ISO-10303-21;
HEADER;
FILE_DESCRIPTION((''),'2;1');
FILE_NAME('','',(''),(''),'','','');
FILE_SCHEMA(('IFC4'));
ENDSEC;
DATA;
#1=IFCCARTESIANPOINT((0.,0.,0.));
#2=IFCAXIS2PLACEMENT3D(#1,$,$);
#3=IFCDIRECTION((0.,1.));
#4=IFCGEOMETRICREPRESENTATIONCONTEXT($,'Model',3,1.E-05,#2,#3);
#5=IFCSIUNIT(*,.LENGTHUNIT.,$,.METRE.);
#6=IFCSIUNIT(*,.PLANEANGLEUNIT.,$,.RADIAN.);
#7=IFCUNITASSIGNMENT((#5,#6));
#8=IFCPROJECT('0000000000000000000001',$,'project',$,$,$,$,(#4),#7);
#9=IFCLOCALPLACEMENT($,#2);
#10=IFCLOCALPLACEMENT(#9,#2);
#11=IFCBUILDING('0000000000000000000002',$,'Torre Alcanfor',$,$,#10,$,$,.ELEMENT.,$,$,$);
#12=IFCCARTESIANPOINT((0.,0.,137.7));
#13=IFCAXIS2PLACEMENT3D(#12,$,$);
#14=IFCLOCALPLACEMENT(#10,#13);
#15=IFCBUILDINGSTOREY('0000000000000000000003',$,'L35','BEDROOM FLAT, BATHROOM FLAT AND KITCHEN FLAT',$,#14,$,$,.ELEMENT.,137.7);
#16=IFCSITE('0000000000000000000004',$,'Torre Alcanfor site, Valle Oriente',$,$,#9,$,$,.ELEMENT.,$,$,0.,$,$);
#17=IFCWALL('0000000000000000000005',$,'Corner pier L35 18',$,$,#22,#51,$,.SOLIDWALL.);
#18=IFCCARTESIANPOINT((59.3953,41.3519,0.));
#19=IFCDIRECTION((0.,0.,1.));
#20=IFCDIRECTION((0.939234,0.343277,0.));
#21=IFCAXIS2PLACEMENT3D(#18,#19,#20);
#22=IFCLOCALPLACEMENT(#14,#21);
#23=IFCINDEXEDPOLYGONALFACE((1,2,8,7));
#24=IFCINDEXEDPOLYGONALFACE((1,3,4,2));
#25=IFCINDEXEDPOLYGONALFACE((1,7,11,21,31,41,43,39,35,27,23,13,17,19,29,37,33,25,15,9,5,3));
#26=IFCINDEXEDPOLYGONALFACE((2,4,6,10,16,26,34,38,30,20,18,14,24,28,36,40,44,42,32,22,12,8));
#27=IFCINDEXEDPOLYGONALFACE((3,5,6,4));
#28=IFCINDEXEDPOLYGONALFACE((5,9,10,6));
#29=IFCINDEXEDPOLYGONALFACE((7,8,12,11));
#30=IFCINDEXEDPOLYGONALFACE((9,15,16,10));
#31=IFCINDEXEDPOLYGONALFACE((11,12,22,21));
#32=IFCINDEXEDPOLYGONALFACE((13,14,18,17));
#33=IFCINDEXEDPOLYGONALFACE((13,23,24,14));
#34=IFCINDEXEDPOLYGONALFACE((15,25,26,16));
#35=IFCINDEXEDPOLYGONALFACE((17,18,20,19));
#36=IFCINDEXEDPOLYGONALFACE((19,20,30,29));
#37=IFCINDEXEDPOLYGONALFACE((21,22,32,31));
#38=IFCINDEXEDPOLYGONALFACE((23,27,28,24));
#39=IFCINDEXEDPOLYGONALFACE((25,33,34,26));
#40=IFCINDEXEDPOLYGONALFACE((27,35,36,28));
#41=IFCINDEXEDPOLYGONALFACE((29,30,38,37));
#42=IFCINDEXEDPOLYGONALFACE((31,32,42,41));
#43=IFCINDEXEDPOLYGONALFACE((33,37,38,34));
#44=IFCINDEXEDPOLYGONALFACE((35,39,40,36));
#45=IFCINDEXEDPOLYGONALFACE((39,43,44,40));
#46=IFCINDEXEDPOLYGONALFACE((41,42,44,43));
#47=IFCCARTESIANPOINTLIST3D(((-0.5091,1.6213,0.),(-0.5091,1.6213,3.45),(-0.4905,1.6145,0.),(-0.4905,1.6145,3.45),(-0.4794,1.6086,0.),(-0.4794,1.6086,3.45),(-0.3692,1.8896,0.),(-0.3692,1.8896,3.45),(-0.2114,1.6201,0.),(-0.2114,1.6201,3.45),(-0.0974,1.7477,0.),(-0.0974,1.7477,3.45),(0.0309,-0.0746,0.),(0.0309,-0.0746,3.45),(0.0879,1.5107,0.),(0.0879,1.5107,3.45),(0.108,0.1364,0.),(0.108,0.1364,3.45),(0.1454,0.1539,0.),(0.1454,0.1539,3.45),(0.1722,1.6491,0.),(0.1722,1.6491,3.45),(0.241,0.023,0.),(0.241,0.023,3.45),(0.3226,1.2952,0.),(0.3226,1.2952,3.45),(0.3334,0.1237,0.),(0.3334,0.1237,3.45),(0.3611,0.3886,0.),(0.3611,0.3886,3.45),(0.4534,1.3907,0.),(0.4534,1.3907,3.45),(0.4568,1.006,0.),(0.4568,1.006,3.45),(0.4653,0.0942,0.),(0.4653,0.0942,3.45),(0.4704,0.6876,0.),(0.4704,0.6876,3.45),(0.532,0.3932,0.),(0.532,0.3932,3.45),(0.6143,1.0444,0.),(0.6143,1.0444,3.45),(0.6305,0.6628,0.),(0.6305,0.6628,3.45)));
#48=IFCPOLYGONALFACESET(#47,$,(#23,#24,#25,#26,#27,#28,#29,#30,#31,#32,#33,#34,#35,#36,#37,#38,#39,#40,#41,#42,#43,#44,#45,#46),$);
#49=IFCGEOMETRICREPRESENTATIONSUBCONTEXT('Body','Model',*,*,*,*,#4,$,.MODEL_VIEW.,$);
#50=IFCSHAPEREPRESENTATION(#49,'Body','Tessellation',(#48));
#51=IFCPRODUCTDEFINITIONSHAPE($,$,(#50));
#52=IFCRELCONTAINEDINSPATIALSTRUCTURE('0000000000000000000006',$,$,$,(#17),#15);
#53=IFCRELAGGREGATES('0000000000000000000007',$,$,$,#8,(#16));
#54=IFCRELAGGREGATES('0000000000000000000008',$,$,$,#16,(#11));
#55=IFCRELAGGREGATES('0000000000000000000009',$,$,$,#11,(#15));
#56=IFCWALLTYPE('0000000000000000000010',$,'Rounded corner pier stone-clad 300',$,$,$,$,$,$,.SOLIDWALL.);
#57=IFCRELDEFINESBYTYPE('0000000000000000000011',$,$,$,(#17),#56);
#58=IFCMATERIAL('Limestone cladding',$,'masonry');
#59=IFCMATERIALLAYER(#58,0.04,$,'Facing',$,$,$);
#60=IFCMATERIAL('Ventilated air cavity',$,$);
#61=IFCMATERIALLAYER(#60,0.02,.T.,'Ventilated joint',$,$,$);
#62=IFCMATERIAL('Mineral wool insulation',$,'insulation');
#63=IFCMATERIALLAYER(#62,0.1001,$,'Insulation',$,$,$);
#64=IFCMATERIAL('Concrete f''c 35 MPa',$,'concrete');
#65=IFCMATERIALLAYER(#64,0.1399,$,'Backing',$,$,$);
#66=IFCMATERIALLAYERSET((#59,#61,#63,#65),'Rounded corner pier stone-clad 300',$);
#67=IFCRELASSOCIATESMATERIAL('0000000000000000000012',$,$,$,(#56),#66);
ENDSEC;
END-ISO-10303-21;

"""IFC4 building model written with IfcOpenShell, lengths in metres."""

from ifc_helpers import new_model, si_unit, direction, frame, origin, place, context, subcontext, project, spatial, polyline, outline, extrude, material, layer, layer_set, type_object, element, save


model = new_model("IFC4")

# Units and contexts
model_context = context("Model", 3, precision=1e-05, world=origin(), true_north=direction((0.0, 1.0)))
body_context = subcontext(model_context, "Body", "Model", "MODEL_VIEW")
ifc_project = project(units=[si_unit("LENGTHUNIT", "METRE"), si_unit("PLANEANGLEUNIT", "RADIAN")], contexts=[model_context])

# Site, building, storey
site_placement = place(None, origin())
site = spatial("IfcSite", under=ifc_project, at=site_placement, Name="Torre Alcanfor site, Valle Oriente", CompositionType="ELEMENT", RefElevation=0.0)
building_placement = place(site_placement, origin())
building = spatial("IfcBuilding", under=site, at=building_placement, Name="Torre Alcanfor", CompositionType="ELEMENT")
storey_placement = place(building_placement, frame((0.0, 0.0, 137.7)))
storey = spatial("IfcBuildingStorey", under=building, at=storey_placement, Name="L35", Description="BEDROOM FLAT, BATHROOM FLAT AND KITCHEN FLAT", CompositionType="ELEMENT", Elevation=137.7)

# Shared definitions
ifc_material_1 = material(Name="Limestone cladding", Category="masonry")
ifc_material_2 = material(Name="Ventilated air cavity")
ifc_material_3 = material(Name="Mineral wool insulation", Category="insulation")
ifc_material_4 = material(Name="Concrete f'c 35 MPa", Category="concrete")

# Wall
ifc_layer_1 = layer(ifc_material_1, 0.04, Name="Facing")
ifc_layer_2 = layer(ifc_material_2, 0.02, ventilated=True, Name="Ventilated joint")
ifc_layer_3 = layer(ifc_material_3, 0.1001, Name="Insulation")
ifc_layer_4 = layer(ifc_material_4, 0.1399, Name="Backing")
ifc_layer_set_1 = layer_set([ifc_layer_1, ifc_layer_2, ifc_layer_3, ifc_layer_4], Name="Rounded corner pier stone-clad 300")
wall_type_1 = type_object("IfcWallType", Name="Rounded corner pier stone-clad 300", PredefinedType="SOLIDWALL", material=ifc_layer_set_1)
wall_1_placement = place(storey_placement, frame((59.3953, 41.3519, 0.0), z_axis=(0.0, 0.0, 1.0), x_axis=(0.939234, 0.343277, 0.0)))
element("IfcWall", 1, at=wall_1_placement, inside=storey, type_object=wall_type_1, Name="Corner pier L35 18", PredefinedType="SOLIDWALL", context=body_context, shape_type="SweptSolid", body=[
    extrude(outline(polyline([(0.532, 0.3932), (0.6305, 0.6628), (0.6143, 1.0444), (0.4534, 1.3907), (0.1722, 1.6491), (-0.0974, 1.7477), (-0.3692, 1.8896), (-0.5091, 1.6213), (-0.4905, 1.6145), (-0.4794, 1.6086), (-0.2114, 1.6201), (0.0879, 1.5107), (0.3226, 1.2952), (0.4568, 1.006), (0.4704, 0.6876), (0.3611, 0.3886), (0.1454, 0.1539), (0.108, 0.1364), (0.0309, -0.0746), (0.241, 0.023), (0.3334, 0.1237), (0.4653, 0.0942), (0.532, 0.3932)])), origin(), (0.0, 0.0, 1.0), 3.45),
])

save(model, "model.ifc")
